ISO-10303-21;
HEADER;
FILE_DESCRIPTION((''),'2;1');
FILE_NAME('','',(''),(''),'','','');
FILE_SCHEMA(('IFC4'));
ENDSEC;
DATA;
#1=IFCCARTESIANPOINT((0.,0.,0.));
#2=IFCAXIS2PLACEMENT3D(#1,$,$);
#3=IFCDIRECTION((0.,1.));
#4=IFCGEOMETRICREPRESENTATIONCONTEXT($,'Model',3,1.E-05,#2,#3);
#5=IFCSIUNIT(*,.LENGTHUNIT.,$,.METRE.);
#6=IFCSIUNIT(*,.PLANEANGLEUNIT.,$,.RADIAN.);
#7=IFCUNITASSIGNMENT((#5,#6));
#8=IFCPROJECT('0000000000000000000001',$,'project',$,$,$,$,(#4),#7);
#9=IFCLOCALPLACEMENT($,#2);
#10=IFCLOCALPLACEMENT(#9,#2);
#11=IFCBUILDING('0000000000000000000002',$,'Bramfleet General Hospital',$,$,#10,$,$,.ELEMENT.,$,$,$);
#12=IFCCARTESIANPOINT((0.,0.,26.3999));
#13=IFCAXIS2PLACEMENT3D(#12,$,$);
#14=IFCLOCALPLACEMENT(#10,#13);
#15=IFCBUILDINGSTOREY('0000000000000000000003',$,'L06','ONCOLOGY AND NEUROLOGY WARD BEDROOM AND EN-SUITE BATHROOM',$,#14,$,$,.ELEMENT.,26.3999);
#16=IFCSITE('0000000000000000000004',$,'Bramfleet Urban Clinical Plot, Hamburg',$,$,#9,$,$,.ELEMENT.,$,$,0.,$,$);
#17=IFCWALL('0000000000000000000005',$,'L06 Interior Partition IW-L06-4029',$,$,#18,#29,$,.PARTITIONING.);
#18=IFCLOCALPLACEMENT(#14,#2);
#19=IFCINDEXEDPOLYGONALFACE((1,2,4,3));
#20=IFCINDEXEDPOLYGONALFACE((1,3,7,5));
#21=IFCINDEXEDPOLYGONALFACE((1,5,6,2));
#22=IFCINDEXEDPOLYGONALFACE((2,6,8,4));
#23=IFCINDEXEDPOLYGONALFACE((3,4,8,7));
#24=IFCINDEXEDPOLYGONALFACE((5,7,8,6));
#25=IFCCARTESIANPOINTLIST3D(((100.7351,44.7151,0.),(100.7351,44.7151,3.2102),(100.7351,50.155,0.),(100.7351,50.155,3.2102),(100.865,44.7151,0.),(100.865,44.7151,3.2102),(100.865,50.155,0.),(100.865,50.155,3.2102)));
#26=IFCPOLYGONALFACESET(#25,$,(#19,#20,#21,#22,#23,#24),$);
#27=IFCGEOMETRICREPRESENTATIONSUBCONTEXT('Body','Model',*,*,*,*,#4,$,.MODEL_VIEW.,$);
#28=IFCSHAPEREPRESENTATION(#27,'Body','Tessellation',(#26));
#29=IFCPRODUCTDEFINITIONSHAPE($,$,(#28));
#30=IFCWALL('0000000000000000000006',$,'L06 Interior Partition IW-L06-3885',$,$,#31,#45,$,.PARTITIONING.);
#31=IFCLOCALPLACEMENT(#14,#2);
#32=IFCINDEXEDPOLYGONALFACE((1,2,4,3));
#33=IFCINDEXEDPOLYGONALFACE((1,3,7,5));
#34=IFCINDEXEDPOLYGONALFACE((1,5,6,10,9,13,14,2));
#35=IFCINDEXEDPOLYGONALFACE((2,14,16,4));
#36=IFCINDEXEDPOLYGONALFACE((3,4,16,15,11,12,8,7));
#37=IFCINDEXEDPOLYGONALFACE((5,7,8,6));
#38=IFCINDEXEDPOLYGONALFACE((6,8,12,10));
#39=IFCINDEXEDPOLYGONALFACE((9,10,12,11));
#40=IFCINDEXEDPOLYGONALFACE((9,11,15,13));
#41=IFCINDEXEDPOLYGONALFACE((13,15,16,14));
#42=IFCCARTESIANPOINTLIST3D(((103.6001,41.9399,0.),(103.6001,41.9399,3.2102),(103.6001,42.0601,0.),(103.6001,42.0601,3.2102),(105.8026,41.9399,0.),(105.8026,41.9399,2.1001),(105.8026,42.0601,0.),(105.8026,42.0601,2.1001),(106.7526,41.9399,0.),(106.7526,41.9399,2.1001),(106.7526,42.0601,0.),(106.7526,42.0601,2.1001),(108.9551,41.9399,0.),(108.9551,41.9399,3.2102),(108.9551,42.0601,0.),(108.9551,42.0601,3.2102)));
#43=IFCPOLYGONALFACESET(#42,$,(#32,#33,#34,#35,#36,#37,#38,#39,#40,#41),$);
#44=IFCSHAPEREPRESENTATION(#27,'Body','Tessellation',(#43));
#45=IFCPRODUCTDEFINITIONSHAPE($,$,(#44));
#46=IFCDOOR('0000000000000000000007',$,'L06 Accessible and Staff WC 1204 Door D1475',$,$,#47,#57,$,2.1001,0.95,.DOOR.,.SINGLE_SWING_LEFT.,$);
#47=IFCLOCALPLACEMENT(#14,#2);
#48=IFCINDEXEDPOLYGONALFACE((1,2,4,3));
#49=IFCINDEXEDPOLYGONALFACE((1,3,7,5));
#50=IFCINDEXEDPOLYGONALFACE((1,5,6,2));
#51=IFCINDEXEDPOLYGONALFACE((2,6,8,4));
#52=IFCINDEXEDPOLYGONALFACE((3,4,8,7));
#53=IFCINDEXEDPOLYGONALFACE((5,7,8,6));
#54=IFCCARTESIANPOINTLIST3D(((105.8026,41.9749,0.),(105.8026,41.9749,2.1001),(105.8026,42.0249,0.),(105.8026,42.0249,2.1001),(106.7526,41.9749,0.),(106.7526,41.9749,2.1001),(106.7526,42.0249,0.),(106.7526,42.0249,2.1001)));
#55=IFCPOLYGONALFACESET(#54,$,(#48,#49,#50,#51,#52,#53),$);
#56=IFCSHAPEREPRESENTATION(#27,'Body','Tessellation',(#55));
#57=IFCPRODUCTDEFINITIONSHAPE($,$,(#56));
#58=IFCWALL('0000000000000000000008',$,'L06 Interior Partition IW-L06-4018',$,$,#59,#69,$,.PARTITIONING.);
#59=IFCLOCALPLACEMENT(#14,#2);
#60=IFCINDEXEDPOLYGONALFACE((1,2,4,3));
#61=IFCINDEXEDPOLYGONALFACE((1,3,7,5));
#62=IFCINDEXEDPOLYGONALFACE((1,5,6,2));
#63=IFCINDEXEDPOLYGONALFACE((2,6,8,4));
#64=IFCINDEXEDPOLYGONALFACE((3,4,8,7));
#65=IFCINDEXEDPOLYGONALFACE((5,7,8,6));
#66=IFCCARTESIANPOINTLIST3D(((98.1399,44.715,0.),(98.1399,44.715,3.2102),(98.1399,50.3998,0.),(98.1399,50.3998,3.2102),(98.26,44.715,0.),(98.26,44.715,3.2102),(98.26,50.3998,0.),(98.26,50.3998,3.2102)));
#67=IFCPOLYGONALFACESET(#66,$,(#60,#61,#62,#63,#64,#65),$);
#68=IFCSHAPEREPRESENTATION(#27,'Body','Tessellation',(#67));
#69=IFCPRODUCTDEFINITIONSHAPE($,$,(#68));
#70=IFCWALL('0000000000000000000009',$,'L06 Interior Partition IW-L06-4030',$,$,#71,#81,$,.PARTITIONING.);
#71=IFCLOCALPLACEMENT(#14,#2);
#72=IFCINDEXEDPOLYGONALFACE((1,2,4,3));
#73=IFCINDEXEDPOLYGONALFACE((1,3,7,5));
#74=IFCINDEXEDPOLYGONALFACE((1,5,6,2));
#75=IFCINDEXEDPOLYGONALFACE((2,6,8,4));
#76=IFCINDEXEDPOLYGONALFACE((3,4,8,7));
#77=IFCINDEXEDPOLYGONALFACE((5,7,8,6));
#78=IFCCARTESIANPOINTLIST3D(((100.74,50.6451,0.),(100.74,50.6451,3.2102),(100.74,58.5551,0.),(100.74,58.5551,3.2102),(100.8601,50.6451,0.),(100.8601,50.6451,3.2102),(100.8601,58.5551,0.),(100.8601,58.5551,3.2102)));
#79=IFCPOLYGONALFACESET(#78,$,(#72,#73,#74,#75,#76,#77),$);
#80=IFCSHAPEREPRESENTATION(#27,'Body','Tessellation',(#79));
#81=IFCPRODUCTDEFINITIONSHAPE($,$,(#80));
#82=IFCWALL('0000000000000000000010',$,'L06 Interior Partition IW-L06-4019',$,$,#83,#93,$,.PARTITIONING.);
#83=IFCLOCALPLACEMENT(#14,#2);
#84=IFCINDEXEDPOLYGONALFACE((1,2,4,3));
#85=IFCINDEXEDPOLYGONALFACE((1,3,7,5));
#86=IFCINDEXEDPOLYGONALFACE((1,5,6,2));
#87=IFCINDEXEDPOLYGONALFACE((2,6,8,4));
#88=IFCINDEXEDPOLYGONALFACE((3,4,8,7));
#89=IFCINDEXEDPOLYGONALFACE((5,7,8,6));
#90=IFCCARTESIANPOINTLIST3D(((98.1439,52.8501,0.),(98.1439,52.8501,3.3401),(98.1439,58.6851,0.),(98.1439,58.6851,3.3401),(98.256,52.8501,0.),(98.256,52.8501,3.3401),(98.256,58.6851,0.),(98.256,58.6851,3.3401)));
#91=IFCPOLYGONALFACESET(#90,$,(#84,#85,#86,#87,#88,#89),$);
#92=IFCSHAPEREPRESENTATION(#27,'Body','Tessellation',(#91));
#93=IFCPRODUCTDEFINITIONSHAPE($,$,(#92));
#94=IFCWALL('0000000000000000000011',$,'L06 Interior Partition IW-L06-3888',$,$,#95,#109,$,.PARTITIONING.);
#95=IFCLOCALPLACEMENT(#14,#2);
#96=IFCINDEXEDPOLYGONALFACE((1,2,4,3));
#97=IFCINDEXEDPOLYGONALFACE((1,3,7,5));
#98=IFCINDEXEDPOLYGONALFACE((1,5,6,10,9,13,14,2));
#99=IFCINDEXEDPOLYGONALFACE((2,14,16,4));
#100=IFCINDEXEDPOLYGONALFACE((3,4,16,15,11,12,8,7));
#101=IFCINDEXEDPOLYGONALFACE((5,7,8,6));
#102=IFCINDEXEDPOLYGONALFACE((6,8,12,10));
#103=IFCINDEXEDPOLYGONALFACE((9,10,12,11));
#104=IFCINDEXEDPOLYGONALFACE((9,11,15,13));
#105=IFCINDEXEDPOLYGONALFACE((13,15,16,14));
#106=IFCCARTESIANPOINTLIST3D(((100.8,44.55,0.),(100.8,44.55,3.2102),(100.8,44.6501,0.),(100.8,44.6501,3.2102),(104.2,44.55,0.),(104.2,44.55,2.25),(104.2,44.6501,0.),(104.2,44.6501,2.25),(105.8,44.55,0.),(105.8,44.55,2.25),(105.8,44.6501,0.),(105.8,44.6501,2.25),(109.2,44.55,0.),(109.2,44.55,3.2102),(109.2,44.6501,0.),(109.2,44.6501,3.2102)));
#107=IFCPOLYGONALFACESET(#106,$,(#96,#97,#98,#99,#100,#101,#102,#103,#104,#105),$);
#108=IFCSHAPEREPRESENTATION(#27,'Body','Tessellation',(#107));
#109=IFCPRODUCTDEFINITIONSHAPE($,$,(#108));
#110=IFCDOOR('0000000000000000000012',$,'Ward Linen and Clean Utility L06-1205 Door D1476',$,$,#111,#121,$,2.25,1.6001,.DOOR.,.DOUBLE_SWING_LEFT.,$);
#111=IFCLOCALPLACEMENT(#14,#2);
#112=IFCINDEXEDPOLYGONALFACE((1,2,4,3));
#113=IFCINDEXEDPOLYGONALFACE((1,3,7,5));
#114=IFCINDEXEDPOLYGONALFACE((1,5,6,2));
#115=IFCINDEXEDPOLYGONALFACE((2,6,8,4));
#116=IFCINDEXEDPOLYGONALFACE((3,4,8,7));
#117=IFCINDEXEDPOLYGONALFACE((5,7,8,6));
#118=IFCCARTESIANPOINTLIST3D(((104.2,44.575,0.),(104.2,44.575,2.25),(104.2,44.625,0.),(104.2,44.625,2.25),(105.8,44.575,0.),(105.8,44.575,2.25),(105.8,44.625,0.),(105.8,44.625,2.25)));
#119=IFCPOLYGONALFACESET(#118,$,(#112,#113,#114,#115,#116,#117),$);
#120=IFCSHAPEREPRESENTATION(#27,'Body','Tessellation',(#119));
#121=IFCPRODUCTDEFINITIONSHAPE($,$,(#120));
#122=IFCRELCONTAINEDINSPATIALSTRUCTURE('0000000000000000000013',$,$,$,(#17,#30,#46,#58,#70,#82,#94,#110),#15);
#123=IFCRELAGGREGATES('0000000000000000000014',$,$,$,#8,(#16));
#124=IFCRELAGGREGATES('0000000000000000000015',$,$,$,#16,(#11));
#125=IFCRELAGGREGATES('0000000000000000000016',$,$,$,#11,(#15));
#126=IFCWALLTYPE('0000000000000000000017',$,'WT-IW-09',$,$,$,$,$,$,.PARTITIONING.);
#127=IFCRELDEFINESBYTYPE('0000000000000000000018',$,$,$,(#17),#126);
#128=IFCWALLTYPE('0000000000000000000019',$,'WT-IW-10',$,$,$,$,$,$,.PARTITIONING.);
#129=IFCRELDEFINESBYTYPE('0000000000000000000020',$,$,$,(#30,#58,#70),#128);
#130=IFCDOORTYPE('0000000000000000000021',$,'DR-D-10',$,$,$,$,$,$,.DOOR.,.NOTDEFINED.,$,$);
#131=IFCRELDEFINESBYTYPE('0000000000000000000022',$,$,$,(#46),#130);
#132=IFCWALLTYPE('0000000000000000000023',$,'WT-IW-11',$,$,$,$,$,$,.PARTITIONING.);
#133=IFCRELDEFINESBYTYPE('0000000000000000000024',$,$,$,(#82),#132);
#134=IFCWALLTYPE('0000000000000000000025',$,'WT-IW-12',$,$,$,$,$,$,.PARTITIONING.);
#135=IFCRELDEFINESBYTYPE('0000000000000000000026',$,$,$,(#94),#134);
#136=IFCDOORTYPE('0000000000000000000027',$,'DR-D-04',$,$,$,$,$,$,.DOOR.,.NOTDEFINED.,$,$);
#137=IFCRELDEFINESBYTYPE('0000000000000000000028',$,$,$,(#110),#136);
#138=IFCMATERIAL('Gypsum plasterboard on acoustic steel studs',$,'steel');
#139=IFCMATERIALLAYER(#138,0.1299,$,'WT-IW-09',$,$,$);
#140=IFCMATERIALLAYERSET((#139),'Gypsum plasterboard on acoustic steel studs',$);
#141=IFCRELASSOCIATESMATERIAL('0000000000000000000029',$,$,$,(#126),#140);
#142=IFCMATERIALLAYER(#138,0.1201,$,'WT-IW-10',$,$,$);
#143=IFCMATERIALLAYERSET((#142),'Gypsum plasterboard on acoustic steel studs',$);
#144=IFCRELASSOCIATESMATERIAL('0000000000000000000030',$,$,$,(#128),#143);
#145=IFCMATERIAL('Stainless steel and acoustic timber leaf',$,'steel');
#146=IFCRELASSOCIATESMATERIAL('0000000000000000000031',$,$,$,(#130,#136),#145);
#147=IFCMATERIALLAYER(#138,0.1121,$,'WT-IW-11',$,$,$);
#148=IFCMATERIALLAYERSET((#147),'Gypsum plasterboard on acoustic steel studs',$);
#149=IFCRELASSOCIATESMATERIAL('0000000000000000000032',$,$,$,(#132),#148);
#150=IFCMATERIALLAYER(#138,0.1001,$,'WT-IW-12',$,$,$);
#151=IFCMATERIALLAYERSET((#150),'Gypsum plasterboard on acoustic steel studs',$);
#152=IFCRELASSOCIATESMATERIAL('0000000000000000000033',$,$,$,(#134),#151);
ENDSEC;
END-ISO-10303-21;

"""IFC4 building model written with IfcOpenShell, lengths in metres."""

from ifc_helpers import new_model, si_unit, direction, frame, frame_2d, origin, place, context, subcontext, project, spatial, rectangle, extrude, material, layer, layer_set, type_object, element, fill, save


model = new_model("IFC4")

# Units and contexts
model_context = context("Model", 3, precision=1e-05, world=origin(), true_north=direction((0.0, 1.0)))
body_context = subcontext(model_context, "Body", "Model", "MODEL_VIEW")
ifc_project = project(units=[si_unit("LENGTHUNIT", "METRE"), si_unit("PLANEANGLEUNIT", "RADIAN")], contexts=[model_context])

# Site, building, storey
site_placement = place(None, origin())
site = spatial("IfcSite", under=ifc_project, at=site_placement, Name="Bramfleet Urban Clinical Plot, Hamburg", CompositionType="ELEMENT", RefElevation=0.0)
building_placement = place(site_placement, origin())
building = spatial("IfcBuilding", under=site, at=building_placement, Name="Bramfleet General Hospital", CompositionType="ELEMENT")
storey_placement = place(building_placement, frame((0.0, 0.0, 26.3999)))
storey = spatial("IfcBuildingStorey", under=building, at=storey_placement, Name="L06", Description="ONCOLOGY AND NEUROLOGY WARD BEDROOM AND EN-SUITE BATHROOM", CompositionType="ELEMENT", Elevation=26.3999)

# Wall
ifc_material_1 = material(Name="Gypsum plasterboard on acoustic steel studs", Category="steel")
ifc_layer_1 = layer(ifc_material_1, 0.1299, Name="WT-IW-09")
ifc_layer_set_1 = layer_set([ifc_layer_1], Name="Gypsum plasterboard on acoustic steel studs")
wall_type_1 = type_object("IfcWallType", Name="WT-IW-09", PredefinedType="PARTITIONING", material=ifc_layer_set_1)
wall_1_placement = place(storey_placement, frame((100.8, 44.7151, 0.0), z_axis=(0.0, 0.0, 1.0), x_axis=(0.0, 1.0, 0.0)))
element("IfcWall", 1, at=wall_1_placement, inside=storey, type_object=wall_type_1, Name="L06 Interior Partition IW-L06-4029", PredefinedType="PARTITIONING", context=body_context, shape_type="SweptSolid", body=[
    extrude(rectangle(XDim=5.4399, YDim=0.1299, at=frame_2d((2.72, 0.0))), origin(), (0.0, 0.0, 1.0), 3.2102),
])

# Wall, opening, door
ifc_layer_2 = layer(ifc_material_1, 0.1201, Name="WT-IW-10")
ifc_layer_set_2 = layer_set([ifc_layer_2], Name="Gypsum plasterboard on acoustic steel studs")
wall_type_2 = type_object("IfcWallType", Name="WT-IW-10", PredefinedType="PARTITIONING", material=ifc_layer_set_2)
wall_2_placement = place(storey_placement, frame((103.6001, 42.0, 0.0), z_axis=(0.0, 0.0, 1.0), x_axis=(1.0, 0.0, 0.0)))
wall_2 = element("IfcWall", 2, at=wall_2_placement, inside=storey, type_object=wall_type_2, Name="L06 Interior Partition IW-L06-3885", PredefinedType="PARTITIONING", context=body_context, shape_type="SweptSolid", body=[
    extrude(rectangle(XDim=5.355, YDim=0.1201, at=frame_2d((2.6775, 0.0))), origin(), (0.0, 0.0, 1.0), 3.2102),
])
opening_1_placement = place(wall_2_placement, frame((2.2024, 0.0, 0.0)))
opening_1 = element("IfcOpeningElement", 3, at=opening_1_placement, cuts=wall_2, PredefinedType="OPENING", context=body_context, shape_type="SweptSolid", body=[
    extrude(rectangle(XDim=0.95, YDim=2.1001, at=frame_2d((0.4751, 1.05))), frame((0.0, 0.0701, 0.0), z_axis=(0.0, -1.0, 0.0), x_axis=(1.0, 0.0, 0.0)), (0.0, 0.0, 1.0), 0.1401),
])
ifc_material_2 = material(Name="Stainless steel and acoustic timber leaf", Category="steel")
door_type_1 = type_object("IfcDoorType", Name="DR-D-10", OperationType="NOTDEFINED", PredefinedType="DOOR", material=ifc_material_2)
door_1_placement = place(opening_1_placement, origin())
door_1 = element("IfcDoor", 4, at=door_1_placement, inside=storey, type_object=door_type_1, Name="L06 Accessible and Staff WC 1204 Door D1475", OperationType="SINGLE_SWING_LEFT", OverallHeight=2.1001, OverallWidth=0.95, PredefinedType="DOOR", context=body_context, shape_type="SweptSolid", body=[
    extrude(rectangle(XDim=0.95, YDim=2.1001, at=frame_2d((0.4751, 1.05))), frame((0.0, 0.0249, 0.0), z_axis=(0.0, -1.0, 0.0), x_axis=(1.0, 0.0, 0.0)), (0.0, 0.0, 1.0), 0.05),
])
fill(opening_1, door_1)

# Walls
wall_3_placement = place(storey_placement, frame((98.2, 44.7151, 0.0), z_axis=(0.0, 0.0, 1.0), x_axis=(0.0, 1.0, 0.0)))
element("IfcWall", 5, at=wall_3_placement, inside=storey, type_object=wall_type_2, Name="L06 Interior Partition IW-L06-4018", PredefinedType="PARTITIONING", context=body_context, shape_type="SweptSolid", body=[
    extrude(rectangle(XDim=5.6848, YDim=0.1201, at=frame_2d((2.8423, 0.0))), origin(), (0.0, 0.0, 1.0), 3.2102),
])
wall_4_placement = place(storey_placement, frame((100.8, 50.645, 0.0), z_axis=(0.0, 0.0, 1.0), x_axis=(0.0, 1.0, 0.0)))
element("IfcWall", 6, at=wall_4_placement, inside=storey, type_object=wall_type_2, Name="L06 Interior Partition IW-L06-4030", PredefinedType="PARTITIONING", context=body_context, shape_type="SweptSolid", body=[
    extrude(rectangle(XDim=7.9099, YDim=0.1201, at=frame_2d((3.9551, 0.0))), origin(), (0.0, 0.0, 1.0), 3.2102),
])
ifc_layer_3 = layer(ifc_material_1, 0.1121, Name="WT-IW-11")
ifc_layer_set_3 = layer_set([ifc_layer_3], Name="Gypsum plasterboard on acoustic steel studs")
wall_type_3 = type_object("IfcWallType", Name="WT-IW-11", PredefinedType="PARTITIONING", material=ifc_layer_set_3)
wall_5_placement = place(storey_placement, frame((98.2, 52.8501, 0.0), z_axis=(0.0, 0.0, 1.0), x_axis=(0.0, 1.0, 0.0)))
element("IfcWall", 7, at=wall_5_placement, inside=storey, type_object=wall_type_3, Name="L06 Interior Partition IW-L06-4019", PredefinedType="PARTITIONING", context=body_context, shape_type="SweptSolid", body=[
    extrude(rectangle(XDim=5.835, YDim=0.1121, at=frame_2d((2.9175, 0.0))), origin(), (0.0, 0.0, 1.0), 3.3401),
])

# Wall, opening, door
ifc_layer_4 = layer(ifc_material_1, 0.1001, Name="WT-IW-12")
ifc_layer_set_4 = layer_set([ifc_layer_4], Name="Gypsum plasterboard on acoustic steel studs")
wall_type_4 = type_object("IfcWallType", Name="WT-IW-12", PredefinedType="PARTITIONING", material=ifc_layer_set_4)
wall_6_placement = place(storey_placement, frame((100.8, 44.6001, 0.0), z_axis=(0.0, 0.0, 1.0), x_axis=(1.0, 0.0, 0.0)))
wall_6 = element("IfcWall", 8, at=wall_6_placement, inside=storey, type_object=wall_type_4, Name="L06 Interior Partition IW-L06-3888", PredefinedType="PARTITIONING", context=body_context, shape_type="SweptSolid", body=[
    extrude(rectangle(XDim=8.3999, YDim=0.1001, at=frame_2d((4.2, 0.0))), origin(), (0.0, 0.0, 1.0), 3.2102),
])
opening_2_placement = place(wall_6_placement, frame((3.3999, 0.0, 0.0)))
opening_2 = element("IfcOpeningElement", 9, at=opening_2_placement, cuts=wall_6, PredefinedType="OPENING", context=body_context, shape_type="SweptSolid", body=[
    extrude(rectangle(XDim=1.6001, YDim=2.25, at=frame_2d((0.8, 1.125))), frame((0.0, 0.0601, 0.0), z_axis=(0.0, -1.0, 0.0), x_axis=(1.0, 0.0, 0.0)), (0.0, 0.0, 1.0), 0.1201),
])
door_type_2 = type_object("IfcDoorType", Name="DR-D-04", OperationType="NOTDEFINED", PredefinedType="DOOR", material=ifc_material_2)
door_2_placement = place(opening_2_placement, origin())
door_2 = element("IfcDoor", 10, at=door_2_placement, inside=storey, type_object=door_type_2, Name="Ward Linen and Clean Utility L06-1205 Door D1476", OperationType="DOUBLE_SWING_LEFT", OverallHeight=2.25, OverallWidth=1.6001, PredefinedType="DOOR", context=body_context, shape_type="SweptSolid", body=[
    extrude(rectangle(XDim=1.6001, YDim=2.25, at=frame_2d((0.8, 1.125))), frame((0.0, 0.0249, 0.0), z_axis=(0.0, -1.0, 0.0), x_axis=(1.0, 0.0, 0.0)), (0.0, 0.0, 1.0), 0.05),
])
fill(opening_2, door_2)

save(model, "model.ifc")
